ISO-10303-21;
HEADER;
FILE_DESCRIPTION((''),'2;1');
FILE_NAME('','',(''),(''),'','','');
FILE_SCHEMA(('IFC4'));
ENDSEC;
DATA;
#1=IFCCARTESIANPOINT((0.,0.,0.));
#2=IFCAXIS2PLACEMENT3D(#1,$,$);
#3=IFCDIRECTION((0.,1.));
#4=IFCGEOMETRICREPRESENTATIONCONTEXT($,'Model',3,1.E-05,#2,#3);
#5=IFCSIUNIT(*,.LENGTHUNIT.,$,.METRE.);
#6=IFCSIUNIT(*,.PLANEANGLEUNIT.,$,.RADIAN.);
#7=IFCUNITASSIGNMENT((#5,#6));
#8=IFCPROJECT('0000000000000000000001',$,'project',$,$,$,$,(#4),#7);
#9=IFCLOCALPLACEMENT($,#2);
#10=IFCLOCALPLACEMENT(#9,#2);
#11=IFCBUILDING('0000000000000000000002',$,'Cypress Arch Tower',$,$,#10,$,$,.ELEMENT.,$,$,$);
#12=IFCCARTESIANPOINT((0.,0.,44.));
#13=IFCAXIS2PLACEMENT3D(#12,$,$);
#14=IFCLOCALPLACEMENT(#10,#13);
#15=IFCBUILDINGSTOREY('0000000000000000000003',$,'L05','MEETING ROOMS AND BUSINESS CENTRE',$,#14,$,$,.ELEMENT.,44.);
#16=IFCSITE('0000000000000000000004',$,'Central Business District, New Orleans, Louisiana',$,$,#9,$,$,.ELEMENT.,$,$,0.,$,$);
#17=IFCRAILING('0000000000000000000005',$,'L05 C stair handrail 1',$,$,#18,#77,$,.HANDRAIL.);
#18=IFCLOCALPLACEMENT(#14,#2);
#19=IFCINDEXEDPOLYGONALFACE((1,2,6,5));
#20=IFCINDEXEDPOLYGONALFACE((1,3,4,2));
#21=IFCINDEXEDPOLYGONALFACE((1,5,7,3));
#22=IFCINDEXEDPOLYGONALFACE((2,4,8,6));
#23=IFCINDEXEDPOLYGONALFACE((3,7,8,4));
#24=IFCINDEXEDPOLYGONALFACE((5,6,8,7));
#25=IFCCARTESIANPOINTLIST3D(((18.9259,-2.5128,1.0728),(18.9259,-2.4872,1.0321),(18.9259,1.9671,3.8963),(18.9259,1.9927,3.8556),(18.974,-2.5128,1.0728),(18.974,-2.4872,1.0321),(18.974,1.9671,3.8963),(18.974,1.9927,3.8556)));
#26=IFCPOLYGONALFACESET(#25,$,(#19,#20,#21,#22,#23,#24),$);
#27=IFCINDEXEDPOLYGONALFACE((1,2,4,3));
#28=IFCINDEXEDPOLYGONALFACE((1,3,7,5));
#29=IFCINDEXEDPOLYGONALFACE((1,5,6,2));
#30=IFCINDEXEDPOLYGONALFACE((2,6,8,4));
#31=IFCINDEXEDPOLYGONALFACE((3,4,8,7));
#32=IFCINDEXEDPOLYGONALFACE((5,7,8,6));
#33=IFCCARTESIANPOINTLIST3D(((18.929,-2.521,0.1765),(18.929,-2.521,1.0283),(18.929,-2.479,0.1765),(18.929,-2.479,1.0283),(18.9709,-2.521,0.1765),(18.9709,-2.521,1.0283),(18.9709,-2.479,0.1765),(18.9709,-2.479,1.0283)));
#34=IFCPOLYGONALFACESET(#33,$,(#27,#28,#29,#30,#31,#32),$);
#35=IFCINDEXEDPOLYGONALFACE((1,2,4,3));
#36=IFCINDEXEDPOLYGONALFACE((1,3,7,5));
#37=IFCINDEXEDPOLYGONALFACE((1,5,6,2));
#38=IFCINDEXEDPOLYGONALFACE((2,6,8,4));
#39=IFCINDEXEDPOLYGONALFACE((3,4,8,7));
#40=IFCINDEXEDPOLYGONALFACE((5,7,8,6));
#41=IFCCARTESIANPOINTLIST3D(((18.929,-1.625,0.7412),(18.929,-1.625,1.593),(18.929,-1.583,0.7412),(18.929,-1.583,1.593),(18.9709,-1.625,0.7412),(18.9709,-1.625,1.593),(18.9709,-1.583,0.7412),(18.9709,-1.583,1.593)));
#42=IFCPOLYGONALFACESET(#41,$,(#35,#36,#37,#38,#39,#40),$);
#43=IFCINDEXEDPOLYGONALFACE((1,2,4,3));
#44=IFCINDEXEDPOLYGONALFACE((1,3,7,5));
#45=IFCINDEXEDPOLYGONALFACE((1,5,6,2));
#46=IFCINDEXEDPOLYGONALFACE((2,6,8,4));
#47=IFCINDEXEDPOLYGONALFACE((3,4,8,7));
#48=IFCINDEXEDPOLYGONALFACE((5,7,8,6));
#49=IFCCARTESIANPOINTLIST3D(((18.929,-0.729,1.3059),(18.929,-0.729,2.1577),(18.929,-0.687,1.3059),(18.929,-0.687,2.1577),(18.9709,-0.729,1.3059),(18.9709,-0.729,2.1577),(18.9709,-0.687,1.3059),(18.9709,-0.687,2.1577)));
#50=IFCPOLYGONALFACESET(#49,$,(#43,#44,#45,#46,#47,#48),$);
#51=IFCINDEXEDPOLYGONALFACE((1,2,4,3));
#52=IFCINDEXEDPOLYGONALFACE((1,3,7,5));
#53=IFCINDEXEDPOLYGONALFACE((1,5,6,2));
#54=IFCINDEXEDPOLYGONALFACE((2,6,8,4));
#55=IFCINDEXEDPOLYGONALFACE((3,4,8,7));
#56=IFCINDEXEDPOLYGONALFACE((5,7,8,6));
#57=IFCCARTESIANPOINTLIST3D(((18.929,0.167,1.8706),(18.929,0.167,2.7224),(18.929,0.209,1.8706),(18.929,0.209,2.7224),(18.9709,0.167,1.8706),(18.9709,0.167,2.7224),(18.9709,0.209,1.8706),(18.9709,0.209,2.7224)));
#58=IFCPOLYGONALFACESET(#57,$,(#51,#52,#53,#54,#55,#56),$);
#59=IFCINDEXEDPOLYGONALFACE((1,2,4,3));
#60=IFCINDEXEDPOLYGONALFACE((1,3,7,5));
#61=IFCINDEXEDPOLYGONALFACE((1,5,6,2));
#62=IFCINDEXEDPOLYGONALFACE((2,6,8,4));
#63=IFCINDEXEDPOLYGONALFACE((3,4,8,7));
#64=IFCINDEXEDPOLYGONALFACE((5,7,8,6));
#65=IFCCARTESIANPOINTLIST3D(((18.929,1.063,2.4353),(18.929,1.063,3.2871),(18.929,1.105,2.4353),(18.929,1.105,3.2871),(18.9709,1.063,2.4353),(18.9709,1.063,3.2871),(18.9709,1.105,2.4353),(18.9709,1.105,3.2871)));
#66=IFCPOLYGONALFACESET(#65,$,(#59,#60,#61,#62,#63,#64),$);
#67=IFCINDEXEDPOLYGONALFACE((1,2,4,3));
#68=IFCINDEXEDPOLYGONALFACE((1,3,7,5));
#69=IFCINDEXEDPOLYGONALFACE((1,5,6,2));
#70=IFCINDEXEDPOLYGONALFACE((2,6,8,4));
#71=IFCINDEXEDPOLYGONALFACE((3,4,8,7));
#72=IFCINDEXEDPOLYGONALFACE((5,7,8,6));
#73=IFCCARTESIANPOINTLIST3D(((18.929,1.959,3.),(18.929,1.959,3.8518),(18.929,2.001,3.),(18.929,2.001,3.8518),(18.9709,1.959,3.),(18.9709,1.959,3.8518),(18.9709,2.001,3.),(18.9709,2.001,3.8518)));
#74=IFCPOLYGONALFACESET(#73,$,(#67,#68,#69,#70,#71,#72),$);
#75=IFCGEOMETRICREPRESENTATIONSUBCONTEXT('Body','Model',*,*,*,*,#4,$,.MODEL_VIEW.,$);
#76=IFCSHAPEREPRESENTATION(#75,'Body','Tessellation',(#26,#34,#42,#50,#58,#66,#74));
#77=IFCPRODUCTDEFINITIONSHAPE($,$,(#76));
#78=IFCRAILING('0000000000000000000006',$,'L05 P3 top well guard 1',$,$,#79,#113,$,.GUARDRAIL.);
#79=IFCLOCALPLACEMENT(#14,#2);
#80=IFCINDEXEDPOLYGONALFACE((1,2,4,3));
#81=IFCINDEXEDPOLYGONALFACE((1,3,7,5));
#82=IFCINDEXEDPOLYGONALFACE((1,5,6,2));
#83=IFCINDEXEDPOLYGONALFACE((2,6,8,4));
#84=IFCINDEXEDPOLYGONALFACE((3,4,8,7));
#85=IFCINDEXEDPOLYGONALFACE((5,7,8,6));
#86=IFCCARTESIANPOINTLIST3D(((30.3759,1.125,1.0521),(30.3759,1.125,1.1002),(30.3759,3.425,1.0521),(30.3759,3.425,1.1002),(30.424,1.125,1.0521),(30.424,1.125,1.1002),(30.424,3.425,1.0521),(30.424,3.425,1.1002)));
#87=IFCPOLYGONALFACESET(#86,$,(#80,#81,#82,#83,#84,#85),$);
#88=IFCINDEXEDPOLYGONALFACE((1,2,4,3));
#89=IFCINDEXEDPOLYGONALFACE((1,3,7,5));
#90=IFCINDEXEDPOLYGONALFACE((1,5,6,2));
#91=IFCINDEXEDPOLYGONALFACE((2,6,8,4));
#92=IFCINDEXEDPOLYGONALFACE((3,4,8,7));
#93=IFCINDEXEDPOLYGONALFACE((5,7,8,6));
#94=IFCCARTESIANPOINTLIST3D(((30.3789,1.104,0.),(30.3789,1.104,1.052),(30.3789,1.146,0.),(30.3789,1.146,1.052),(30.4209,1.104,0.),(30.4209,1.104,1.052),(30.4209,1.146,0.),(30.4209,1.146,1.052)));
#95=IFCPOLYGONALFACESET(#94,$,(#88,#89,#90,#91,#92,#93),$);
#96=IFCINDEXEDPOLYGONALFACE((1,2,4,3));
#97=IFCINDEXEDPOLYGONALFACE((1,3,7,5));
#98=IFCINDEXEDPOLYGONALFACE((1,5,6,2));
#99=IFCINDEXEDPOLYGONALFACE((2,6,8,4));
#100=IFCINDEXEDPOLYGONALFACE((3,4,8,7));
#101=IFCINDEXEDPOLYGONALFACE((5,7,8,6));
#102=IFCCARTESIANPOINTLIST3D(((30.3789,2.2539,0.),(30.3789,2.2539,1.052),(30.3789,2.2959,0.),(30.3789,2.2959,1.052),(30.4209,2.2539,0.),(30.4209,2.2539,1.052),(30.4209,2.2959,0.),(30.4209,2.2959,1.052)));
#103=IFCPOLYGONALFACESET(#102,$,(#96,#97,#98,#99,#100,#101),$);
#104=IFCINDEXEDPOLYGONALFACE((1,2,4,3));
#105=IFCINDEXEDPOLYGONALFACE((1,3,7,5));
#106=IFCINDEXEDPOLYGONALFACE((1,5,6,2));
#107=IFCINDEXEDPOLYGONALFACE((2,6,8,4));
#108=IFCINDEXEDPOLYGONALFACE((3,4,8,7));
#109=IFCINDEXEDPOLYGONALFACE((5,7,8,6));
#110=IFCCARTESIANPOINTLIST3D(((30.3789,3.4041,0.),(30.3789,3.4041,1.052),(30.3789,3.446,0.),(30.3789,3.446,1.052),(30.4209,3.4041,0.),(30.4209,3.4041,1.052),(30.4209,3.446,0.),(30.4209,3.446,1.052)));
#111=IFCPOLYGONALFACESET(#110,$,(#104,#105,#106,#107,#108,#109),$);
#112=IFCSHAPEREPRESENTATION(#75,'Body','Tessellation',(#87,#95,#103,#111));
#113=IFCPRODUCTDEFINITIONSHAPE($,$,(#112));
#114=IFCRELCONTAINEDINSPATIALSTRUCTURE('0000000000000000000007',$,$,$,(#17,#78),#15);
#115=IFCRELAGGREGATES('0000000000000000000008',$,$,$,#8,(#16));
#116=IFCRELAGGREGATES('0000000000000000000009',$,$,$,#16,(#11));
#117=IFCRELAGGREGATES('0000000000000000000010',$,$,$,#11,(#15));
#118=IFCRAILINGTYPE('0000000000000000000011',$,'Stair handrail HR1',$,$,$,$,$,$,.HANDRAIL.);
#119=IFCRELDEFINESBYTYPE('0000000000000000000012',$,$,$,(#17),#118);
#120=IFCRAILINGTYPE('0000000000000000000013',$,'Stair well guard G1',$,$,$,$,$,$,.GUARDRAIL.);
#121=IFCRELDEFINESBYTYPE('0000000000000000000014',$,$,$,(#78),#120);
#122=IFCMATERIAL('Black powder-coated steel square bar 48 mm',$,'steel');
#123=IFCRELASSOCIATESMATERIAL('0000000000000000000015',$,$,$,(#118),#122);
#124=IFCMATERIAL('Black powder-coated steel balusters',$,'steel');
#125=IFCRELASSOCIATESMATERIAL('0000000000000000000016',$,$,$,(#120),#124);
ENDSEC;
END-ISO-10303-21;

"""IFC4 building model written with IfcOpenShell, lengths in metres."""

from ifc_helpers import new_model, si_unit, direction, frame, origin, origin_2d, place, context, subcontext, project, spatial, rectangle, extrude, material, type_object, element, save


model = new_model("IFC4")

# Units and contexts
model_context = context("Model", 3, precision=1e-05, world=origin(), true_north=direction((0.0, 1.0)))
body_context = subcontext(model_context, "Body", "Model", "MODEL_VIEW")
ifc_project = project(units=[si_unit("LENGTHUNIT", "METRE"), si_unit("PLANEANGLEUNIT", "RADIAN")], contexts=[model_context])

# Site, building, storey
site_placement = place(None, origin())
site = spatial("IfcSite", under=ifc_project, at=site_placement, Name="Central Business District, New Orleans, Louisiana", CompositionType="ELEMENT", RefElevation=0.0)
building_placement = place(site_placement, origin())
building = spatial("IfcBuilding", under=site, at=building_placement, Name="Cypress Arch Tower", CompositionType="ELEMENT")
storey_placement = place(building_placement, frame((0.0, 0.0, 44.0)))
storey = spatial("IfcBuildingStorey", under=building, at=storey_placement, Name="L05", Description="MEETING ROOMS AND BUSINESS CENTRE", CompositionType="ELEMENT", Elevation=44.0)

# Railings
ifc_material_1 = material(Name="Black powder-coated steel square bar 48 mm", Category="steel")
railing_type_1 = type_object("IfcRailingType", Name="Stair handrail HR1", PredefinedType="HANDRAIL", material=ifc_material_1)
railing_1_placement = place(storey_placement, frame((18.95, -2.5, 0.1765)))
element("IfcRailing", 1, at=railing_1_placement, inside=storey, type_object=railing_type_1, Name="L05 C stair handrail 1", PredefinedType="HANDRAIL", context=body_context, shape_type="SweptSolid", body=[
    extrude(rectangle(XDim=0.0481, YDim=0.0481, at=origin_2d()), frame((0.0, 0.0, 0.876), z_axis=(0.0, 0.845998, 0.533186), x_axis=(-1.0, 0.0, 0.0)), (0.0, 0.0, 1.0), 5.2954),
    extrude(rectangle(XDim=0.042, YDim=0.042, at=origin_2d()), origin(), (0.0, 0.0, 1.0), 0.8518),
    extrude(rectangle(XDim=0.042, YDim=0.042, at=origin_2d()), frame((0.0, 0.896, 0.5647)), (0.0, 0.0, 1.0), 0.8518),
    extrude(rectangle(XDim=0.042, YDim=0.042, at=origin_2d()), frame((0.0, 1.792, 1.1294)), (0.0, 0.0, 1.0), 0.8518),
    extrude(rectangle(XDim=0.042, YDim=0.042, at=origin_2d()), frame((0.0, 2.688, 1.6941)), (0.0, 0.0, 1.0), 0.8518),
    extrude(rectangle(XDim=0.042, YDim=0.042, at=origin_2d()), frame((0.0, 3.584, 2.2588)), (0.0, 0.0, 1.0), 0.8518),
    extrude(rectangle(XDim=0.042, YDim=0.042, at=origin_2d()), frame((0.0, 4.48, 2.8235)), (0.0, 0.0, 1.0), 0.8518),
])
ifc_material_2 = material(Name="Black powder-coated steel balusters", Category="steel")
railing_type_2 = type_object("IfcRailingType", Name="Stair well guard G1", PredefinedType="GUARDRAIL", material=ifc_material_2)
railing_2_placement = place(storey_placement, frame((30.3999, 1.125, 0.0)))
element("IfcRailing", 2, at=railing_2_placement, inside=storey, type_object=railing_type_2, Name="L05 P3 top well guard 1", PredefinedType="GUARDRAIL", context=body_context, shape_type="SweptSolid", body=[
    extrude(rectangle(XDim=0.0481, YDim=0.0481, at=origin_2d()), frame((0.0, 0.0, 1.0762), z_axis=(0.0, 1.0, 0.0), x_axis=(-1.0, 0.0, 0.0)), (0.0, 0.0, 1.0), 2.3),
    extrude(rectangle(XDim=0.042, YDim=0.042, at=origin_2d()), origin(), (0.0, 0.0, 1.0), 1.052),
    extrude(rectangle(XDim=0.042, YDim=0.042, at=origin_2d()), frame((0.0, 1.1499, 0.0)), (0.0, 0.0, 1.0), 1.052),
    extrude(rectangle(XDim=0.042, YDim=0.042, at=origin_2d()), frame((0.0, 2.3, 0.0)), (0.0, 0.0, 1.0), 1.052),
])

save(model, "model.ifc")
